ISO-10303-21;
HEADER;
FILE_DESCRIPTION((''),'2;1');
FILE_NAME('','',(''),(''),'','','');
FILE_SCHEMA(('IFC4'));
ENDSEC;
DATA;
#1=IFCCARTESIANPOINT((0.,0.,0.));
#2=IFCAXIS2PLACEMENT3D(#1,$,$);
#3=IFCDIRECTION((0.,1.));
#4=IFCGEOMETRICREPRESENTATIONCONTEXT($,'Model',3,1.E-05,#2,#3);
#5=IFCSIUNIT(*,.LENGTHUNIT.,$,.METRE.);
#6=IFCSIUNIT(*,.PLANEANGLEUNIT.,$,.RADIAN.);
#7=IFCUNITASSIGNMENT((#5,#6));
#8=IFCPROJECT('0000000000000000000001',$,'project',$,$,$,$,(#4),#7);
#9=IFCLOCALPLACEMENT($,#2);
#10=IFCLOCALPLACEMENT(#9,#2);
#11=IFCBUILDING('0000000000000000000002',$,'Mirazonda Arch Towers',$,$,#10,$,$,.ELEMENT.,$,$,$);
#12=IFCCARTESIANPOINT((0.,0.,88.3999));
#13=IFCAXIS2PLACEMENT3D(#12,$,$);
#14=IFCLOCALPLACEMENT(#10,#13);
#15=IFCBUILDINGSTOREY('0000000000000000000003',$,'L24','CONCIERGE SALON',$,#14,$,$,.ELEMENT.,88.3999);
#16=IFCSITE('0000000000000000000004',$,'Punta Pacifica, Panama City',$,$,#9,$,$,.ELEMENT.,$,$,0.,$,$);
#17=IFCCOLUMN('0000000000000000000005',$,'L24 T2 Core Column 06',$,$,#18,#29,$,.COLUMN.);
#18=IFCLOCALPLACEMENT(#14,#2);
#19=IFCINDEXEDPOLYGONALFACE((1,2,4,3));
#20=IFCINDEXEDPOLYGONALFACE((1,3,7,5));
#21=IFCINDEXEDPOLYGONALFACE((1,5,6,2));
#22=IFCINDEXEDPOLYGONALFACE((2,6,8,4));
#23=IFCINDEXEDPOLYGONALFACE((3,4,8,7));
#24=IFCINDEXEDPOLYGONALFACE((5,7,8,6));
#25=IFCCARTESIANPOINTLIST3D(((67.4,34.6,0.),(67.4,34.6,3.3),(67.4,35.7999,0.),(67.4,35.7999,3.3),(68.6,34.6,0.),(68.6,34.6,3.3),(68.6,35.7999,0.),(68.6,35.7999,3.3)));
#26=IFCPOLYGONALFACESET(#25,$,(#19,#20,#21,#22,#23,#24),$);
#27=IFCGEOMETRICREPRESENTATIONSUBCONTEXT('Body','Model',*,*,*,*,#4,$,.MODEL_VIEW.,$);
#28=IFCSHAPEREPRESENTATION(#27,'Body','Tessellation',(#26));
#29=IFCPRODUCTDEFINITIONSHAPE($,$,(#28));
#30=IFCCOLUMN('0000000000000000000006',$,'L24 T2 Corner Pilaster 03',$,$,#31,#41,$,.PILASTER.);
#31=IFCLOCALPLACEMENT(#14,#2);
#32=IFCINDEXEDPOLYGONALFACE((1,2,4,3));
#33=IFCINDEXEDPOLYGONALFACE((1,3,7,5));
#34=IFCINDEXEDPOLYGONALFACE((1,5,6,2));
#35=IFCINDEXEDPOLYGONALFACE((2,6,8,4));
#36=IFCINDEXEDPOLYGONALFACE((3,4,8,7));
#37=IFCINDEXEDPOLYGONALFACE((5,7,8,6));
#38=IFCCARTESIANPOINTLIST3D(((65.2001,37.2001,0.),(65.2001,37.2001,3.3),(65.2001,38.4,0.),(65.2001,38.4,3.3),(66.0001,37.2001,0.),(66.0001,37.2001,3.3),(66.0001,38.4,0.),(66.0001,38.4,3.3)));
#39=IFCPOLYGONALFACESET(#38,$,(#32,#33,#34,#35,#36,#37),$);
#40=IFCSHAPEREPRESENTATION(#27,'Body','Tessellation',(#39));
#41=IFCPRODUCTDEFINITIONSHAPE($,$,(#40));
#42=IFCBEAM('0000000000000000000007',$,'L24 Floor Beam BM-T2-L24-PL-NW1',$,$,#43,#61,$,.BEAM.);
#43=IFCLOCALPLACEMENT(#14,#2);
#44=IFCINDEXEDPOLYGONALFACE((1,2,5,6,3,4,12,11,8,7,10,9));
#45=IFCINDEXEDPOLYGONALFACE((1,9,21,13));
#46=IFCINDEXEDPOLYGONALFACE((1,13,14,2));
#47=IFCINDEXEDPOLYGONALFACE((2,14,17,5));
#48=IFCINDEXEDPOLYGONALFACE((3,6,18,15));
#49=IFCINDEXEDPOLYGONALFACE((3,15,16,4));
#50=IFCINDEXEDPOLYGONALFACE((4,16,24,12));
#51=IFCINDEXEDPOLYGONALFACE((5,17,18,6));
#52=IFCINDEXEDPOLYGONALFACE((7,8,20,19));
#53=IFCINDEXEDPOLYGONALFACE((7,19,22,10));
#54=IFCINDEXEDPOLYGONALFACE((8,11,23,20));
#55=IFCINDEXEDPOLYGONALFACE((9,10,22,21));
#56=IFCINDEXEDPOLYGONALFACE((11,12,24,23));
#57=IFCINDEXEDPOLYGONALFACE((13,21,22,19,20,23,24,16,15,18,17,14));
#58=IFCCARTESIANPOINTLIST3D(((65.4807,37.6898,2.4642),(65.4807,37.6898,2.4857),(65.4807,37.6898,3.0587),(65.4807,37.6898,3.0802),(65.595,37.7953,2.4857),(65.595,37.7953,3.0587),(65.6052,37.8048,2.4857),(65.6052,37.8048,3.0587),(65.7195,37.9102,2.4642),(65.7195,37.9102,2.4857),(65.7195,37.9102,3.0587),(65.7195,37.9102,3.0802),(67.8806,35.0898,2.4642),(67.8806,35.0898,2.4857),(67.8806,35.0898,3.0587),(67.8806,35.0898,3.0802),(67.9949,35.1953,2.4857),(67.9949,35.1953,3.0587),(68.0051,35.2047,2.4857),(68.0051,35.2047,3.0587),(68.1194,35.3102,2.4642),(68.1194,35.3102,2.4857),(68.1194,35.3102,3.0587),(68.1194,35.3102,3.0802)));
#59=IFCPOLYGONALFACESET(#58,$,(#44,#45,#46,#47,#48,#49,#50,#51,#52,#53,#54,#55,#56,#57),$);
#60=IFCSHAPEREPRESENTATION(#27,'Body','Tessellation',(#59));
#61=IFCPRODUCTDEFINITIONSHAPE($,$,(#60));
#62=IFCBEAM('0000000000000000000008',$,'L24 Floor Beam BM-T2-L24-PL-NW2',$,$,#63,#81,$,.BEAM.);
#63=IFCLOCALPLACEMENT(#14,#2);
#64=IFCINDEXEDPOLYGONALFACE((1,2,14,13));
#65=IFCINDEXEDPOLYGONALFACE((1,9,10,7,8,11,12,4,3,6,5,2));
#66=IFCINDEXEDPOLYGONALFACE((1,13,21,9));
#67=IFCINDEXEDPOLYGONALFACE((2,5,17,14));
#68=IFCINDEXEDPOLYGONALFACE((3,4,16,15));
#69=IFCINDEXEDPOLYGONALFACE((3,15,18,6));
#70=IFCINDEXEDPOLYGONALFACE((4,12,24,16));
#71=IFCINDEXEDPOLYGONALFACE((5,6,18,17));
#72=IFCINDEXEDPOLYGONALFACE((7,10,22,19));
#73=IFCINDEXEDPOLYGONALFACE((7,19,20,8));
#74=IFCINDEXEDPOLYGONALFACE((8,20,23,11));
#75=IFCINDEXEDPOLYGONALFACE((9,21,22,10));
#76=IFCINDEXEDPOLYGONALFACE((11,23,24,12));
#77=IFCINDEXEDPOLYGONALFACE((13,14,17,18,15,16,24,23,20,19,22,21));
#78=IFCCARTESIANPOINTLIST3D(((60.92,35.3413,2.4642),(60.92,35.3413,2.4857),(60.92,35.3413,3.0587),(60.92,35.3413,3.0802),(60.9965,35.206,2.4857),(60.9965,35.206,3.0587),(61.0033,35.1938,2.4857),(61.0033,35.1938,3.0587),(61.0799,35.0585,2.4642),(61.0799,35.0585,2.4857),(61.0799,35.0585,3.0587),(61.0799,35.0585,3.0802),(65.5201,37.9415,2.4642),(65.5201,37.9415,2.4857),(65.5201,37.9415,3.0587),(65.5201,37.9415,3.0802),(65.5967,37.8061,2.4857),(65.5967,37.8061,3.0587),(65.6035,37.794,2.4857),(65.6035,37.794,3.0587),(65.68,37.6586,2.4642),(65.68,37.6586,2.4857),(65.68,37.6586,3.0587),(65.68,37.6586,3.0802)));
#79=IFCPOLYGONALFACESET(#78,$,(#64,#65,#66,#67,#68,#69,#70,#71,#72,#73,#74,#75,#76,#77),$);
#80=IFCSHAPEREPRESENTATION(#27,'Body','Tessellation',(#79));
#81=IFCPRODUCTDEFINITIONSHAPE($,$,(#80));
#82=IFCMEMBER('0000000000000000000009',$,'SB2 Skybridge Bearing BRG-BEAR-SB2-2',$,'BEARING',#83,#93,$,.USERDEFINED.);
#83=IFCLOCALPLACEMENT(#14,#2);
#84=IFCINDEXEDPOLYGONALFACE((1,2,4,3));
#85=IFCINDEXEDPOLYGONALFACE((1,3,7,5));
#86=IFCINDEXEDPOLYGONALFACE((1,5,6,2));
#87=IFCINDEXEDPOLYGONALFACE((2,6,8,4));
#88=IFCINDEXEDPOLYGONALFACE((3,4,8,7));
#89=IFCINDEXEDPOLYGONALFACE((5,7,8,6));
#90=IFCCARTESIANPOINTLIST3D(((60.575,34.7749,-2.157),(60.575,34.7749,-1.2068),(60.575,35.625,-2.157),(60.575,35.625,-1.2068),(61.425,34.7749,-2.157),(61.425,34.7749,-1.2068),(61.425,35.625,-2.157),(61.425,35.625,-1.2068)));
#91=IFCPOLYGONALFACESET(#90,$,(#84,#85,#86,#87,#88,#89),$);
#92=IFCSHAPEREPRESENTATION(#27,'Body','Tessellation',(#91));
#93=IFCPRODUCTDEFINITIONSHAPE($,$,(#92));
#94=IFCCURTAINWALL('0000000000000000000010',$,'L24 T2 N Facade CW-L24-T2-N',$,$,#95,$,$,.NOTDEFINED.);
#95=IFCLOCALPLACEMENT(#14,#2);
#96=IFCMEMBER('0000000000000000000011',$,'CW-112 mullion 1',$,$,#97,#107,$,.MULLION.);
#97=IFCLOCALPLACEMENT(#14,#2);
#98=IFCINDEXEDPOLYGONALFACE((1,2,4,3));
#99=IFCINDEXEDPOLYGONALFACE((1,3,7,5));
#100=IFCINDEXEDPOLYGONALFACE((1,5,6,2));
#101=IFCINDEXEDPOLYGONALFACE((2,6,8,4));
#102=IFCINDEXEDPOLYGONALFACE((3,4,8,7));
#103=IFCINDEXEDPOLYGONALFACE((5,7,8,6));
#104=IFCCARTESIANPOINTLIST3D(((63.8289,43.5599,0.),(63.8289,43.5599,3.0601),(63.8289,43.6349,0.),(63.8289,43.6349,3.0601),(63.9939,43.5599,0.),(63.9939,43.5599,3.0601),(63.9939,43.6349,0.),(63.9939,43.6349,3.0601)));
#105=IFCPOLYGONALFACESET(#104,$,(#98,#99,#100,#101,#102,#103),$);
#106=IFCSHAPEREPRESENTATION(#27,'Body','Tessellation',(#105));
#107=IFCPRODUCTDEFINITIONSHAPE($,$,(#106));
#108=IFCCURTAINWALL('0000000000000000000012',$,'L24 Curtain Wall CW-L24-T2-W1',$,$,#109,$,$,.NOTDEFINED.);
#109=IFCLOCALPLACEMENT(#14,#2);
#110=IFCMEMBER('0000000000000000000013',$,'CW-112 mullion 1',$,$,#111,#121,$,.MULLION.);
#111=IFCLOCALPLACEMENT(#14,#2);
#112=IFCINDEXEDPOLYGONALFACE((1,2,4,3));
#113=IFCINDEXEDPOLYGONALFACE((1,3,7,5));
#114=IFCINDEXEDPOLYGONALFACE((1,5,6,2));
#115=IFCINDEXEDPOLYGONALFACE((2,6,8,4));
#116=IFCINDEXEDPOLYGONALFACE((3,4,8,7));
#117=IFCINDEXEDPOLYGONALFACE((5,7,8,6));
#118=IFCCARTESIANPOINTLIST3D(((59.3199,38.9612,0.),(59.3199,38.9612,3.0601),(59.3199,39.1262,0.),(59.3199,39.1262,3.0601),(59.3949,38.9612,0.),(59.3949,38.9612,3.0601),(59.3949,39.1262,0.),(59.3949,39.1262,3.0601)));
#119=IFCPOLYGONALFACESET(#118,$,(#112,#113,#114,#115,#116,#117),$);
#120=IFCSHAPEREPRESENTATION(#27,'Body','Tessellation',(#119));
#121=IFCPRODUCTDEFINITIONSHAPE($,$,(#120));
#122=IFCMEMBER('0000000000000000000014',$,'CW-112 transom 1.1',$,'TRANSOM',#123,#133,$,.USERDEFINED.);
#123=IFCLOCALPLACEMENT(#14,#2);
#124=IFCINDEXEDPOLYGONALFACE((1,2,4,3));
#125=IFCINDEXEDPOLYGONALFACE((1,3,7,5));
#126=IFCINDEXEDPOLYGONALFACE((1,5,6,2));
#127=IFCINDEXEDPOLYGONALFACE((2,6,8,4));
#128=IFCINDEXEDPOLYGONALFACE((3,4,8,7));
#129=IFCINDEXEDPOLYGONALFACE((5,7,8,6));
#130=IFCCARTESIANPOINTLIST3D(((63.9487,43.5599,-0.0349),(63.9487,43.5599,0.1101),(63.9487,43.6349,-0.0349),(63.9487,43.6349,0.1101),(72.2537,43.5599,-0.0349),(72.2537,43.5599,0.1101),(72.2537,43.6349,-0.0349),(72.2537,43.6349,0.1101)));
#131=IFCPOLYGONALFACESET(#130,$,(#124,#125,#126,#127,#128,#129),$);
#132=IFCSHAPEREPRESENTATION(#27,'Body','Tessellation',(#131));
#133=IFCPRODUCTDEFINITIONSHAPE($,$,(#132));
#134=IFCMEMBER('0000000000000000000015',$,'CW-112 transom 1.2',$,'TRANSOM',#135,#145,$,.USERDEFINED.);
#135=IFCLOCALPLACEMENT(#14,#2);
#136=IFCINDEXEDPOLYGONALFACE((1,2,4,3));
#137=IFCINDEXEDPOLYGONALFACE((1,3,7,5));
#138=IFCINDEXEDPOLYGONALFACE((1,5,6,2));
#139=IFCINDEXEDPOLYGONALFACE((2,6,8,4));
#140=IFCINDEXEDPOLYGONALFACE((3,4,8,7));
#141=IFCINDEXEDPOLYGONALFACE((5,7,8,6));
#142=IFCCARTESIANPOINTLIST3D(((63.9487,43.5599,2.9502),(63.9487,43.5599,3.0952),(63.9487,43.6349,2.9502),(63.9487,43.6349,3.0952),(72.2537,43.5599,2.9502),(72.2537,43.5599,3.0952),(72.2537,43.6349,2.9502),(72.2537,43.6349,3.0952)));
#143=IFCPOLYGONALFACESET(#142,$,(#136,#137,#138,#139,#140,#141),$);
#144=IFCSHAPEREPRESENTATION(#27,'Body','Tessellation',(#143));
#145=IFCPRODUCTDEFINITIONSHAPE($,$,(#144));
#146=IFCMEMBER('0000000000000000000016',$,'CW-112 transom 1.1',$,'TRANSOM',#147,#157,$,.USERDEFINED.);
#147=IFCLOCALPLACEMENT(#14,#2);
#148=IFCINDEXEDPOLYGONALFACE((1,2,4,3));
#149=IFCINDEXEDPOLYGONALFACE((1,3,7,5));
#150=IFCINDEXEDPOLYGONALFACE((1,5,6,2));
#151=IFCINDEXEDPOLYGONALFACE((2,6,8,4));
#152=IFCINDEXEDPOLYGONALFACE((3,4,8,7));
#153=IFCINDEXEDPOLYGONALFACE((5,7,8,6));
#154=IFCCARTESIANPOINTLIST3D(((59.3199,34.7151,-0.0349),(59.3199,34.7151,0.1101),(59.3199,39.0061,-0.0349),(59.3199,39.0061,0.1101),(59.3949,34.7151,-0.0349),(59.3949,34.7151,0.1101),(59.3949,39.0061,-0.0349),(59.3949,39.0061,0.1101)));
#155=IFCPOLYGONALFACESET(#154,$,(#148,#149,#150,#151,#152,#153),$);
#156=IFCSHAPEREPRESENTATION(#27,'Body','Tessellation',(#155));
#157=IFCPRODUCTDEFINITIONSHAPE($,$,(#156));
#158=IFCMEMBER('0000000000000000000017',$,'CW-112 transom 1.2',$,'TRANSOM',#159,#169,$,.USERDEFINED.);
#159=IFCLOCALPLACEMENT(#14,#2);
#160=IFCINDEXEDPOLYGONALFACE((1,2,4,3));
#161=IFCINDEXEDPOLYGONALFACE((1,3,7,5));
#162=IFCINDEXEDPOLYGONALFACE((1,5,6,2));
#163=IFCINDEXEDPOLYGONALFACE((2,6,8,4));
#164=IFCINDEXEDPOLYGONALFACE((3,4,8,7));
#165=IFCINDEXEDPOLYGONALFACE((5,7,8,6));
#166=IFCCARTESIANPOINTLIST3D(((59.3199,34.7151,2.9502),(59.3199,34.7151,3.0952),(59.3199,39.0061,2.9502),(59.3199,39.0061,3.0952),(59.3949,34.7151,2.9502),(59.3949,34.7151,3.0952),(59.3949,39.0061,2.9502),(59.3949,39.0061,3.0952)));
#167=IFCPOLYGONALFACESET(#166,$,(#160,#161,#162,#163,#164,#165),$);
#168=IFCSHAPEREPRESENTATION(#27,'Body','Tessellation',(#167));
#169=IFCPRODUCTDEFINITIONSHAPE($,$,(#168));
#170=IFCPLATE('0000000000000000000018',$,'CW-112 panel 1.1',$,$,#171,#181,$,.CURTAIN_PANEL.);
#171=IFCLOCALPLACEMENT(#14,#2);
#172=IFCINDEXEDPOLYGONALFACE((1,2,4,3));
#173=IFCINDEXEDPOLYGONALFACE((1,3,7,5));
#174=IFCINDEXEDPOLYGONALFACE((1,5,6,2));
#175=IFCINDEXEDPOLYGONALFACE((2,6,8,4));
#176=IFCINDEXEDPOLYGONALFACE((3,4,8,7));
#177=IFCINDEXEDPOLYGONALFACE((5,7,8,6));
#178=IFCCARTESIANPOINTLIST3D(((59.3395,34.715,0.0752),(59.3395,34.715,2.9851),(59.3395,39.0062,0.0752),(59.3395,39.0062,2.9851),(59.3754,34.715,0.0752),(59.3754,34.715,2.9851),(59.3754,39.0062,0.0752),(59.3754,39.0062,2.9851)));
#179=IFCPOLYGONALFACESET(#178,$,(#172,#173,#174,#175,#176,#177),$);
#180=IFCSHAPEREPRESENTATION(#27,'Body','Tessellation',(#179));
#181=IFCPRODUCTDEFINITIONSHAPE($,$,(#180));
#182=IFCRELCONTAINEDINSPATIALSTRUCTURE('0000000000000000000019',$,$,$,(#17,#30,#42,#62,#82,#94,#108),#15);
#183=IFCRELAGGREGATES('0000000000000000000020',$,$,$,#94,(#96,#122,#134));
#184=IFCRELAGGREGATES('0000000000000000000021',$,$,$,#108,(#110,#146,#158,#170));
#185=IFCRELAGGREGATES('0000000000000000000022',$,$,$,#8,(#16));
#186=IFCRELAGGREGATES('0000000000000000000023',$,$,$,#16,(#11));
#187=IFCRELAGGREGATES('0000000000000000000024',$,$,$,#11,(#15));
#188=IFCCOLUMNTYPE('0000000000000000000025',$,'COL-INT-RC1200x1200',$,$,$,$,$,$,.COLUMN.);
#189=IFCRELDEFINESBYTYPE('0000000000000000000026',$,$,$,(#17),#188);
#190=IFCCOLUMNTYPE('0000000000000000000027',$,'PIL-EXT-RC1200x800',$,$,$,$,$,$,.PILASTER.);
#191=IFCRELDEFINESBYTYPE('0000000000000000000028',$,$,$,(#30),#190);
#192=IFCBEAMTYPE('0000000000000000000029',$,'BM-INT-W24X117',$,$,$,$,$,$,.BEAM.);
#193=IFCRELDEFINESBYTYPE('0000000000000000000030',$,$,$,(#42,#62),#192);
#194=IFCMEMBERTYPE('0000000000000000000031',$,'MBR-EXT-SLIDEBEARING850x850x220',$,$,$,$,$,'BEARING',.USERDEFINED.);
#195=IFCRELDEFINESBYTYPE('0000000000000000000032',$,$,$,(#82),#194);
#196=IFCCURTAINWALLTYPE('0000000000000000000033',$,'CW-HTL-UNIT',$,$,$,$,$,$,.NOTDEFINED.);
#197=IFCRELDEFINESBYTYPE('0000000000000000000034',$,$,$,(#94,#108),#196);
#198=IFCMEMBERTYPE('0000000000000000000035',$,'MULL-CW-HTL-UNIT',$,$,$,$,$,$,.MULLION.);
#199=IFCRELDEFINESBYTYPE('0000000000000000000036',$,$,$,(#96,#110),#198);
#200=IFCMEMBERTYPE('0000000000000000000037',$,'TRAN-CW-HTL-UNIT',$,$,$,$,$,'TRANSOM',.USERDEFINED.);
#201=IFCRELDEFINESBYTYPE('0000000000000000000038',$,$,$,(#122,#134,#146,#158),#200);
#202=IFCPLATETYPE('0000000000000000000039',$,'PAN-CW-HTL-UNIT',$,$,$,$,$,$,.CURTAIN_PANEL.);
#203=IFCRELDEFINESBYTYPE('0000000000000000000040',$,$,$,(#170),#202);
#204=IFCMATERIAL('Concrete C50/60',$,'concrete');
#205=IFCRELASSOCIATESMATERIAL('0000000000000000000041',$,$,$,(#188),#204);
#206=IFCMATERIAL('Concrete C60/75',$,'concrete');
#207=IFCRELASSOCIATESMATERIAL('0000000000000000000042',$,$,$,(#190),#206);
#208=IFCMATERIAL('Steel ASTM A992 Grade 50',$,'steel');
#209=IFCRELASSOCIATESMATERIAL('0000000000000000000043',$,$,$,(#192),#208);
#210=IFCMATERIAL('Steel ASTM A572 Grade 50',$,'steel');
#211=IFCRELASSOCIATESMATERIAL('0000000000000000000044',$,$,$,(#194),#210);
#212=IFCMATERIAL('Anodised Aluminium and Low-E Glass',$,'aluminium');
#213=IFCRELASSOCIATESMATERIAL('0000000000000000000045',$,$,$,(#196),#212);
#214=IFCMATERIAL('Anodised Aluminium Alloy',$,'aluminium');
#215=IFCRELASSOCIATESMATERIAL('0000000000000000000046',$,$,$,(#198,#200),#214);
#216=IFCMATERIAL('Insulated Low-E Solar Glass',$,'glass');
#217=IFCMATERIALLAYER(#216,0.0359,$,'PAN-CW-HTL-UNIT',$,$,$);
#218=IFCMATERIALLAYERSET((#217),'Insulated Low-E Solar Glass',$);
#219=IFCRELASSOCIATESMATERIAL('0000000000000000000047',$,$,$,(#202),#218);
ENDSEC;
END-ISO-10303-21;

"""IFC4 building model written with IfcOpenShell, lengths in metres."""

from ifc_helpers import new_model, si_unit, direction, frame, origin, origin_2d, place, context, subcontext, project, spatial, rectangle, i_section, extrude, material, layer, layer_set, material_profile, profile_set, type_object, element, aggregate, save


model = new_model("IFC4")

# Units and contexts
model_context = context("Model", 3, precision=1e-05, world=origin(), true_north=direction((0.0, 1.0)))
body_context = subcontext(model_context, "Body", "Model", "MODEL_VIEW")
ifc_project = project(units=[si_unit("LENGTHUNIT", "METRE"), si_unit("PLANEANGLEUNIT", "RADIAN")], contexts=[model_context])

# Site, building, storey
site_placement = place(None, origin())
site = spatial("IfcSite", under=ifc_project, at=site_placement, Name="Punta Pacifica, Panama City", CompositionType="ELEMENT", RefElevation=0.0)
building_placement = place(site_placement, origin())
building = spatial("IfcBuilding", under=site, at=building_placement, Name="Mirazonda Arch Towers", CompositionType="ELEMENT")
storey_placement = place(building_placement, frame((0.0, 0.0, 88.3999)))
storey = spatial("IfcBuildingStorey", under=building, at=storey_placement, Name="L24", Description="CONCIERGE SALON", CompositionType="ELEMENT", Elevation=88.3999)

# Columns
ifc_material_1 = material(Name="Concrete C50/60", Category="concrete")
ifc_material_profile_1 = material_profile(ifc_material_1, rectangle(XDim=1.2, YDim=1.2, at=origin_2d()), Name="RC1200x1200")
ifc_profile_set_1 = profile_set([ifc_material_profile_1], Name="Concrete C50/60")
column_type_1 = type_object("IfcColumnType", Name="COL-INT-RC1200x1200", PredefinedType="COLUMN", material=ifc_profile_set_1)
column_1_placement = place(storey_placement, frame((68.0, 35.2, 0.0), z_axis=(0.0, 0.0, 1.0), x_axis=(1.0, 0.0, 0.0)))
element("IfcColumn", 1, at=column_1_placement, inside=storey, type_object=column_type_1, Name="L24 T2 Core Column 06", PredefinedType="COLUMN", context=body_context, shape_type="SweptSolid", body=[
    extrude(rectangle(XDim=1.2, YDim=1.2, at=origin_2d()), origin(), (0.0, 0.0, 1.0), 3.3),
])
ifc_material_2 = material(Name="Concrete C60/75", Category="concrete")
ifc_material_profile_2 = material_profile(ifc_material_2, rectangle(XDim=0.8, YDim=1.2, at=origin_2d()), Name="RC1200x800")
ifc_profile_set_2 = profile_set([ifc_material_profile_2], Name="Concrete C60/75")
column_type_2 = type_object("IfcColumnType", Name="PIL-EXT-RC1200x800", PredefinedType="PILASTER", material=ifc_profile_set_2)
column_2_placement = place(storey_placement, frame((65.6001, 37.8, 0.0), z_axis=(0.0, 0.0, 1.0), x_axis=(1.0, 0.0, 0.0)))
element("IfcColumn", 2, at=column_2_placement, inside=storey, type_object=column_type_2, Name="L24 T2 Corner Pilaster 03", PredefinedType="PILASTER", context=body_context, shape_type="SweptSolid", body=[
    extrude(rectangle(XDim=0.8, YDim=1.2, at=origin_2d()), origin(), (0.0, 0.0, 1.0), 3.3),
])

# Beams
ifc_material_3 = material(Name="Steel ASTM A992 Grade 50", Category="steel")
ifc_material_profile_3 = material_profile(ifc_material_3, i_section(OverallWidth=0.325, OverallDepth=0.616, WebThickness=0.0139, FlangeThickness=0.0215, at=origin_2d()), Name="W24X117")
ifc_profile_set_3 = profile_set([ifc_material_profile_3], Name="Steel ASTM A992 Grade 50")
beam_type = type_object("IfcBeamType", Name="BM-INT-W24X117", PredefinedType="BEAM", material=ifc_profile_set_3)
beam_1_placement = place(storey_placement, frame((65.6001, 37.8, 2.7722), z_axis=(0.678251, -0.73483, 0.0), x_axis=(0.73483, 0.678251, 0.0)))
element("IfcBeam", 3, at=beam_1_placement, inside=storey, type_object=beam_type, Name="L24 Floor Beam BM-T2-L24-PL-NW1", PredefinedType="BEAM", context=body_context, shape_type="SweptSolid", body=[
    extrude(i_section(OverallWidth=0.325, OverallDepth=0.616, WebThickness=0.0139, FlangeThickness=0.0215, at=origin_2d()), origin(), (0.0, 0.0, 1.0), 3.5383),
])
beam_2_placement = place(storey_placement, frame((65.6001, 37.8, 2.7722), z_axis=(-0.870559, -0.492063, 0.0), x_axis=(0.492063, -0.870559, 0.0)))
element("IfcBeam", 4, at=beam_2_placement, inside=storey, type_object=beam_type, Name="L24 Floor Beam BM-T2-L24-PL-NW2", PredefinedType="BEAM", context=body_context, shape_type="SweptSolid", body=[
    extrude(i_section(OverallWidth=0.325, OverallDepth=0.616, WebThickness=0.0139, FlangeThickness=0.0215, at=origin_2d()), origin(), (0.0, 0.0, 1.0), 5.2842),
])

# Member
ifc_material_4 = material(Name="Steel ASTM A572 Grade 50", Category="steel")
ifc_material_profile_4 = material_profile(ifc_material_4, rectangle(XDim=0.8501, YDim=0.8501, at=origin_2d()), Name="SLIDEBEARING850x850x220")
ifc_profile_set_4 = profile_set([ifc_material_profile_4], Name="Steel ASTM A572 Grade 50")
member_type_1 = type_object("IfcMemberType", Name="MBR-EXT-SLIDEBEARING850x850x220", ElementType="BEARING", PredefinedType="USERDEFINED", material=ifc_profile_set_4)
member_1_placement = place(storey_placement, frame((61.0, 35.2, -2.157), z_axis=(0.0, 0.0, 1.0), x_axis=(1.0, 0.0, 0.0)))
element("IfcMember", 5, at=member_1_placement, inside=storey, type_object=member_type_1, Name="SB2 Skybridge Bearing BRG-BEAR-SB2-2", ObjectType="BEARING", PredefinedType="USERDEFINED", context=body_context, shape_type="SweptSolid", body=[
    extrude(rectangle(XDim=0.8501, YDim=0.8501, at=origin_2d()), origin(), (0.0, 0.0, 1.0), 0.9502),
])

# Curtain walls, members
ifc_material_5 = material(Name="Anodised Aluminium and Low-E Glass", Category="aluminium")
curtain_wall_type = type_object("IfcCurtainWallType", Name="CW-HTL-UNIT", PredefinedType="NOTDEFINED", material=ifc_material_5)
curtain_wall_1_placement = place(storey_placement, origin())
curtain_wall_1 = element("IfcCurtainWall", 6, at=curtain_wall_1_placement, inside=storey, type_object=curtain_wall_type, Name="L24 T2 N Facade CW-L24-T2-N", PredefinedType="NOTDEFINED")
ifc_material_6 = material(Name="Anodised Aluminium Alloy", Category="aluminium")
ifc_material_profile_5 = material_profile(ifc_material_6, rectangle(XDim=0.075, YDim=0.165, at=origin_2d()), Name="ALU-MULL-75x165")
ifc_profile_set_5 = profile_set([ifc_material_profile_5], Name="Anodised Aluminium Alloy")
member_type_2 = type_object("IfcMemberType", Name="MULL-CW-HTL-UNIT", PredefinedType="MULLION", material=ifc_profile_set_5)
member_2_placement = place(storey_placement, frame((63.9114, 43.5974, 0.0), z_axis=(0.0, 0.0, 1.0), x_axis=(0.0, 1.0, 0.0)))
member_2 = element("IfcMember", 7, at=member_2_placement, type_object=member_type_2, Name="CW-112 mullion 1", PredefinedType="MULLION", context=body_context, shape_type="SweptSolid", body=[
    extrude(rectangle(XDim=0.075, YDim=0.165, at=origin_2d()), origin(), (0.0, 0.0, 1.0), 3.0601),
])
curtain_wall_2_placement = place(storey_placement, origin())
curtain_wall_2 = element("IfcCurtainWall", 8, at=curtain_wall_2_placement, inside=storey, type_object=curtain_wall_type, Name="L24 Curtain Wall CW-L24-T2-W1", PredefinedType="NOTDEFINED")
member_3_placement = place(storey_placement, frame((59.3574, 39.0437, 0.0), z_axis=(0.0, 0.0, 1.0), x_axis=(1.0, 0.0, 0.0)))
member_3 = element("IfcMember", 9, at=member_3_placement, type_object=member_type_2, Name="CW-112 mullion 1", PredefinedType="MULLION", context=body_context, shape_type="SweptSolid", body=[
    extrude(rectangle(XDim=0.075, YDim=0.165, at=origin_2d()), origin(), (0.0, 0.0, 1.0), 3.0601),
])

# Members
ifc_material_profile_6 = material_profile(ifc_material_6, rectangle(XDim=0.075, YDim=0.145, at=origin_2d()), Name="ALU-TRAN-75x145")
ifc_profile_set_6 = profile_set([ifc_material_profile_6], Name="Anodised Aluminium Alloy")
member_type_3 = type_object("IfcMemberType", Name="TRAN-CW-HTL-UNIT", ElementType="TRANSOM", PredefinedType="USERDEFINED", material=ifc_profile_set_6)
member_4_placement = place(storey_placement, frame((63.9487, 43.5974, 0.0376), z_axis=(1.0, 0.0, 0.0), x_axis=(0.0, 1.0, 0.0)))
member_4 = element("IfcMember", 10, at=member_4_placement, type_object=member_type_3, Name="CW-112 transom 1.1", ObjectType="TRANSOM", PredefinedType="USERDEFINED", context=body_context, shape_type="SweptSolid", body=[
    extrude(rectangle(XDim=0.075, YDim=0.145, at=origin_2d()), origin(), (0.0, 0.0, 1.0), 8.3049),
])
member_5_placement = place(storey_placement, frame((63.9487, 43.5974, 3.0227), z_axis=(1.0, 0.0, 0.0), x_axis=(0.0, 1.0, 0.0)))
member_5 = element("IfcMember", 11, at=member_5_placement, type_object=member_type_3, Name="CW-112 transom 1.2", ObjectType="TRANSOM", PredefinedType="USERDEFINED", context=body_context, shape_type="SweptSolid", body=[
    extrude(rectangle(XDim=0.075, YDim=0.145, at=origin_2d()), origin(), (0.0, 0.0, 1.0), 8.3049),
])
aggregate(curtain_wall_1, [member_2, member_4, member_5])
member_6_placement = place(storey_placement, frame((59.3574, 39.0061, 0.0376), z_axis=(0.0, -1.0, 0.0), x_axis=(1.0, 0.0, 0.0)))
member_6 = element("IfcMember", 12, at=member_6_placement, type_object=member_type_3, Name="CW-112 transom 1.1", ObjectType="TRANSOM", PredefinedType="USERDEFINED", context=body_context, shape_type="SweptSolid", body=[
    extrude(rectangle(XDim=0.075, YDim=0.145, at=origin_2d()), origin(), (0.0, 0.0, 1.0), 4.291),
])
member_7_placement = place(storey_placement, frame((59.3574, 39.0061, 3.0227), z_axis=(0.0, -1.0, 0.0), x_axis=(1.0, 0.0, 0.0)))
member_7 = element("IfcMember", 13, at=member_7_placement, type_object=member_type_3, Name="CW-112 transom 1.2", ObjectType="TRANSOM", PredefinedType="USERDEFINED", context=body_context, shape_type="SweptSolid", body=[
    extrude(rectangle(XDim=0.075, YDim=0.145, at=origin_2d()), origin(), (0.0, 0.0, 1.0), 4.291),
])

# Plate
ifc_material_7 = material(Name="Insulated Low-E Solar Glass", Category="glass")
ifc_layer_1 = layer(ifc_material_7, 0.0359, Name="PAN-CW-HTL-UNIT")
ifc_layer_set_1 = layer_set([ifc_layer_1], Name="Insulated Low-E Solar Glass")
plate_type = type_object("IfcPlateType", Name="PAN-CW-HTL-UNIT", PredefinedType="CURTAIN_PANEL", material=ifc_layer_set_1)
plate_placement = place(storey_placement, frame((59.3574, 36.8606, 0.0752), z_axis=(0.0, 0.0, 1.0), x_axis=(0.0, -1.0, 0.0)))
plate = element("IfcPlate", 14, at=plate_placement, type_object=plate_type, Name="CW-112 panel 1.1", PredefinedType="CURTAIN_PANEL", context=body_context, shape_type="SweptSolid", body=[
    extrude(rectangle(XDim=4.2913, YDim=0.0359, at=origin_2d()), origin(), (0.0, 0.0, 1.0), 2.9099),
])
aggregate(curtain_wall_2, [member_3, member_6, member_7, plate])

save(model, "model.ifc")
